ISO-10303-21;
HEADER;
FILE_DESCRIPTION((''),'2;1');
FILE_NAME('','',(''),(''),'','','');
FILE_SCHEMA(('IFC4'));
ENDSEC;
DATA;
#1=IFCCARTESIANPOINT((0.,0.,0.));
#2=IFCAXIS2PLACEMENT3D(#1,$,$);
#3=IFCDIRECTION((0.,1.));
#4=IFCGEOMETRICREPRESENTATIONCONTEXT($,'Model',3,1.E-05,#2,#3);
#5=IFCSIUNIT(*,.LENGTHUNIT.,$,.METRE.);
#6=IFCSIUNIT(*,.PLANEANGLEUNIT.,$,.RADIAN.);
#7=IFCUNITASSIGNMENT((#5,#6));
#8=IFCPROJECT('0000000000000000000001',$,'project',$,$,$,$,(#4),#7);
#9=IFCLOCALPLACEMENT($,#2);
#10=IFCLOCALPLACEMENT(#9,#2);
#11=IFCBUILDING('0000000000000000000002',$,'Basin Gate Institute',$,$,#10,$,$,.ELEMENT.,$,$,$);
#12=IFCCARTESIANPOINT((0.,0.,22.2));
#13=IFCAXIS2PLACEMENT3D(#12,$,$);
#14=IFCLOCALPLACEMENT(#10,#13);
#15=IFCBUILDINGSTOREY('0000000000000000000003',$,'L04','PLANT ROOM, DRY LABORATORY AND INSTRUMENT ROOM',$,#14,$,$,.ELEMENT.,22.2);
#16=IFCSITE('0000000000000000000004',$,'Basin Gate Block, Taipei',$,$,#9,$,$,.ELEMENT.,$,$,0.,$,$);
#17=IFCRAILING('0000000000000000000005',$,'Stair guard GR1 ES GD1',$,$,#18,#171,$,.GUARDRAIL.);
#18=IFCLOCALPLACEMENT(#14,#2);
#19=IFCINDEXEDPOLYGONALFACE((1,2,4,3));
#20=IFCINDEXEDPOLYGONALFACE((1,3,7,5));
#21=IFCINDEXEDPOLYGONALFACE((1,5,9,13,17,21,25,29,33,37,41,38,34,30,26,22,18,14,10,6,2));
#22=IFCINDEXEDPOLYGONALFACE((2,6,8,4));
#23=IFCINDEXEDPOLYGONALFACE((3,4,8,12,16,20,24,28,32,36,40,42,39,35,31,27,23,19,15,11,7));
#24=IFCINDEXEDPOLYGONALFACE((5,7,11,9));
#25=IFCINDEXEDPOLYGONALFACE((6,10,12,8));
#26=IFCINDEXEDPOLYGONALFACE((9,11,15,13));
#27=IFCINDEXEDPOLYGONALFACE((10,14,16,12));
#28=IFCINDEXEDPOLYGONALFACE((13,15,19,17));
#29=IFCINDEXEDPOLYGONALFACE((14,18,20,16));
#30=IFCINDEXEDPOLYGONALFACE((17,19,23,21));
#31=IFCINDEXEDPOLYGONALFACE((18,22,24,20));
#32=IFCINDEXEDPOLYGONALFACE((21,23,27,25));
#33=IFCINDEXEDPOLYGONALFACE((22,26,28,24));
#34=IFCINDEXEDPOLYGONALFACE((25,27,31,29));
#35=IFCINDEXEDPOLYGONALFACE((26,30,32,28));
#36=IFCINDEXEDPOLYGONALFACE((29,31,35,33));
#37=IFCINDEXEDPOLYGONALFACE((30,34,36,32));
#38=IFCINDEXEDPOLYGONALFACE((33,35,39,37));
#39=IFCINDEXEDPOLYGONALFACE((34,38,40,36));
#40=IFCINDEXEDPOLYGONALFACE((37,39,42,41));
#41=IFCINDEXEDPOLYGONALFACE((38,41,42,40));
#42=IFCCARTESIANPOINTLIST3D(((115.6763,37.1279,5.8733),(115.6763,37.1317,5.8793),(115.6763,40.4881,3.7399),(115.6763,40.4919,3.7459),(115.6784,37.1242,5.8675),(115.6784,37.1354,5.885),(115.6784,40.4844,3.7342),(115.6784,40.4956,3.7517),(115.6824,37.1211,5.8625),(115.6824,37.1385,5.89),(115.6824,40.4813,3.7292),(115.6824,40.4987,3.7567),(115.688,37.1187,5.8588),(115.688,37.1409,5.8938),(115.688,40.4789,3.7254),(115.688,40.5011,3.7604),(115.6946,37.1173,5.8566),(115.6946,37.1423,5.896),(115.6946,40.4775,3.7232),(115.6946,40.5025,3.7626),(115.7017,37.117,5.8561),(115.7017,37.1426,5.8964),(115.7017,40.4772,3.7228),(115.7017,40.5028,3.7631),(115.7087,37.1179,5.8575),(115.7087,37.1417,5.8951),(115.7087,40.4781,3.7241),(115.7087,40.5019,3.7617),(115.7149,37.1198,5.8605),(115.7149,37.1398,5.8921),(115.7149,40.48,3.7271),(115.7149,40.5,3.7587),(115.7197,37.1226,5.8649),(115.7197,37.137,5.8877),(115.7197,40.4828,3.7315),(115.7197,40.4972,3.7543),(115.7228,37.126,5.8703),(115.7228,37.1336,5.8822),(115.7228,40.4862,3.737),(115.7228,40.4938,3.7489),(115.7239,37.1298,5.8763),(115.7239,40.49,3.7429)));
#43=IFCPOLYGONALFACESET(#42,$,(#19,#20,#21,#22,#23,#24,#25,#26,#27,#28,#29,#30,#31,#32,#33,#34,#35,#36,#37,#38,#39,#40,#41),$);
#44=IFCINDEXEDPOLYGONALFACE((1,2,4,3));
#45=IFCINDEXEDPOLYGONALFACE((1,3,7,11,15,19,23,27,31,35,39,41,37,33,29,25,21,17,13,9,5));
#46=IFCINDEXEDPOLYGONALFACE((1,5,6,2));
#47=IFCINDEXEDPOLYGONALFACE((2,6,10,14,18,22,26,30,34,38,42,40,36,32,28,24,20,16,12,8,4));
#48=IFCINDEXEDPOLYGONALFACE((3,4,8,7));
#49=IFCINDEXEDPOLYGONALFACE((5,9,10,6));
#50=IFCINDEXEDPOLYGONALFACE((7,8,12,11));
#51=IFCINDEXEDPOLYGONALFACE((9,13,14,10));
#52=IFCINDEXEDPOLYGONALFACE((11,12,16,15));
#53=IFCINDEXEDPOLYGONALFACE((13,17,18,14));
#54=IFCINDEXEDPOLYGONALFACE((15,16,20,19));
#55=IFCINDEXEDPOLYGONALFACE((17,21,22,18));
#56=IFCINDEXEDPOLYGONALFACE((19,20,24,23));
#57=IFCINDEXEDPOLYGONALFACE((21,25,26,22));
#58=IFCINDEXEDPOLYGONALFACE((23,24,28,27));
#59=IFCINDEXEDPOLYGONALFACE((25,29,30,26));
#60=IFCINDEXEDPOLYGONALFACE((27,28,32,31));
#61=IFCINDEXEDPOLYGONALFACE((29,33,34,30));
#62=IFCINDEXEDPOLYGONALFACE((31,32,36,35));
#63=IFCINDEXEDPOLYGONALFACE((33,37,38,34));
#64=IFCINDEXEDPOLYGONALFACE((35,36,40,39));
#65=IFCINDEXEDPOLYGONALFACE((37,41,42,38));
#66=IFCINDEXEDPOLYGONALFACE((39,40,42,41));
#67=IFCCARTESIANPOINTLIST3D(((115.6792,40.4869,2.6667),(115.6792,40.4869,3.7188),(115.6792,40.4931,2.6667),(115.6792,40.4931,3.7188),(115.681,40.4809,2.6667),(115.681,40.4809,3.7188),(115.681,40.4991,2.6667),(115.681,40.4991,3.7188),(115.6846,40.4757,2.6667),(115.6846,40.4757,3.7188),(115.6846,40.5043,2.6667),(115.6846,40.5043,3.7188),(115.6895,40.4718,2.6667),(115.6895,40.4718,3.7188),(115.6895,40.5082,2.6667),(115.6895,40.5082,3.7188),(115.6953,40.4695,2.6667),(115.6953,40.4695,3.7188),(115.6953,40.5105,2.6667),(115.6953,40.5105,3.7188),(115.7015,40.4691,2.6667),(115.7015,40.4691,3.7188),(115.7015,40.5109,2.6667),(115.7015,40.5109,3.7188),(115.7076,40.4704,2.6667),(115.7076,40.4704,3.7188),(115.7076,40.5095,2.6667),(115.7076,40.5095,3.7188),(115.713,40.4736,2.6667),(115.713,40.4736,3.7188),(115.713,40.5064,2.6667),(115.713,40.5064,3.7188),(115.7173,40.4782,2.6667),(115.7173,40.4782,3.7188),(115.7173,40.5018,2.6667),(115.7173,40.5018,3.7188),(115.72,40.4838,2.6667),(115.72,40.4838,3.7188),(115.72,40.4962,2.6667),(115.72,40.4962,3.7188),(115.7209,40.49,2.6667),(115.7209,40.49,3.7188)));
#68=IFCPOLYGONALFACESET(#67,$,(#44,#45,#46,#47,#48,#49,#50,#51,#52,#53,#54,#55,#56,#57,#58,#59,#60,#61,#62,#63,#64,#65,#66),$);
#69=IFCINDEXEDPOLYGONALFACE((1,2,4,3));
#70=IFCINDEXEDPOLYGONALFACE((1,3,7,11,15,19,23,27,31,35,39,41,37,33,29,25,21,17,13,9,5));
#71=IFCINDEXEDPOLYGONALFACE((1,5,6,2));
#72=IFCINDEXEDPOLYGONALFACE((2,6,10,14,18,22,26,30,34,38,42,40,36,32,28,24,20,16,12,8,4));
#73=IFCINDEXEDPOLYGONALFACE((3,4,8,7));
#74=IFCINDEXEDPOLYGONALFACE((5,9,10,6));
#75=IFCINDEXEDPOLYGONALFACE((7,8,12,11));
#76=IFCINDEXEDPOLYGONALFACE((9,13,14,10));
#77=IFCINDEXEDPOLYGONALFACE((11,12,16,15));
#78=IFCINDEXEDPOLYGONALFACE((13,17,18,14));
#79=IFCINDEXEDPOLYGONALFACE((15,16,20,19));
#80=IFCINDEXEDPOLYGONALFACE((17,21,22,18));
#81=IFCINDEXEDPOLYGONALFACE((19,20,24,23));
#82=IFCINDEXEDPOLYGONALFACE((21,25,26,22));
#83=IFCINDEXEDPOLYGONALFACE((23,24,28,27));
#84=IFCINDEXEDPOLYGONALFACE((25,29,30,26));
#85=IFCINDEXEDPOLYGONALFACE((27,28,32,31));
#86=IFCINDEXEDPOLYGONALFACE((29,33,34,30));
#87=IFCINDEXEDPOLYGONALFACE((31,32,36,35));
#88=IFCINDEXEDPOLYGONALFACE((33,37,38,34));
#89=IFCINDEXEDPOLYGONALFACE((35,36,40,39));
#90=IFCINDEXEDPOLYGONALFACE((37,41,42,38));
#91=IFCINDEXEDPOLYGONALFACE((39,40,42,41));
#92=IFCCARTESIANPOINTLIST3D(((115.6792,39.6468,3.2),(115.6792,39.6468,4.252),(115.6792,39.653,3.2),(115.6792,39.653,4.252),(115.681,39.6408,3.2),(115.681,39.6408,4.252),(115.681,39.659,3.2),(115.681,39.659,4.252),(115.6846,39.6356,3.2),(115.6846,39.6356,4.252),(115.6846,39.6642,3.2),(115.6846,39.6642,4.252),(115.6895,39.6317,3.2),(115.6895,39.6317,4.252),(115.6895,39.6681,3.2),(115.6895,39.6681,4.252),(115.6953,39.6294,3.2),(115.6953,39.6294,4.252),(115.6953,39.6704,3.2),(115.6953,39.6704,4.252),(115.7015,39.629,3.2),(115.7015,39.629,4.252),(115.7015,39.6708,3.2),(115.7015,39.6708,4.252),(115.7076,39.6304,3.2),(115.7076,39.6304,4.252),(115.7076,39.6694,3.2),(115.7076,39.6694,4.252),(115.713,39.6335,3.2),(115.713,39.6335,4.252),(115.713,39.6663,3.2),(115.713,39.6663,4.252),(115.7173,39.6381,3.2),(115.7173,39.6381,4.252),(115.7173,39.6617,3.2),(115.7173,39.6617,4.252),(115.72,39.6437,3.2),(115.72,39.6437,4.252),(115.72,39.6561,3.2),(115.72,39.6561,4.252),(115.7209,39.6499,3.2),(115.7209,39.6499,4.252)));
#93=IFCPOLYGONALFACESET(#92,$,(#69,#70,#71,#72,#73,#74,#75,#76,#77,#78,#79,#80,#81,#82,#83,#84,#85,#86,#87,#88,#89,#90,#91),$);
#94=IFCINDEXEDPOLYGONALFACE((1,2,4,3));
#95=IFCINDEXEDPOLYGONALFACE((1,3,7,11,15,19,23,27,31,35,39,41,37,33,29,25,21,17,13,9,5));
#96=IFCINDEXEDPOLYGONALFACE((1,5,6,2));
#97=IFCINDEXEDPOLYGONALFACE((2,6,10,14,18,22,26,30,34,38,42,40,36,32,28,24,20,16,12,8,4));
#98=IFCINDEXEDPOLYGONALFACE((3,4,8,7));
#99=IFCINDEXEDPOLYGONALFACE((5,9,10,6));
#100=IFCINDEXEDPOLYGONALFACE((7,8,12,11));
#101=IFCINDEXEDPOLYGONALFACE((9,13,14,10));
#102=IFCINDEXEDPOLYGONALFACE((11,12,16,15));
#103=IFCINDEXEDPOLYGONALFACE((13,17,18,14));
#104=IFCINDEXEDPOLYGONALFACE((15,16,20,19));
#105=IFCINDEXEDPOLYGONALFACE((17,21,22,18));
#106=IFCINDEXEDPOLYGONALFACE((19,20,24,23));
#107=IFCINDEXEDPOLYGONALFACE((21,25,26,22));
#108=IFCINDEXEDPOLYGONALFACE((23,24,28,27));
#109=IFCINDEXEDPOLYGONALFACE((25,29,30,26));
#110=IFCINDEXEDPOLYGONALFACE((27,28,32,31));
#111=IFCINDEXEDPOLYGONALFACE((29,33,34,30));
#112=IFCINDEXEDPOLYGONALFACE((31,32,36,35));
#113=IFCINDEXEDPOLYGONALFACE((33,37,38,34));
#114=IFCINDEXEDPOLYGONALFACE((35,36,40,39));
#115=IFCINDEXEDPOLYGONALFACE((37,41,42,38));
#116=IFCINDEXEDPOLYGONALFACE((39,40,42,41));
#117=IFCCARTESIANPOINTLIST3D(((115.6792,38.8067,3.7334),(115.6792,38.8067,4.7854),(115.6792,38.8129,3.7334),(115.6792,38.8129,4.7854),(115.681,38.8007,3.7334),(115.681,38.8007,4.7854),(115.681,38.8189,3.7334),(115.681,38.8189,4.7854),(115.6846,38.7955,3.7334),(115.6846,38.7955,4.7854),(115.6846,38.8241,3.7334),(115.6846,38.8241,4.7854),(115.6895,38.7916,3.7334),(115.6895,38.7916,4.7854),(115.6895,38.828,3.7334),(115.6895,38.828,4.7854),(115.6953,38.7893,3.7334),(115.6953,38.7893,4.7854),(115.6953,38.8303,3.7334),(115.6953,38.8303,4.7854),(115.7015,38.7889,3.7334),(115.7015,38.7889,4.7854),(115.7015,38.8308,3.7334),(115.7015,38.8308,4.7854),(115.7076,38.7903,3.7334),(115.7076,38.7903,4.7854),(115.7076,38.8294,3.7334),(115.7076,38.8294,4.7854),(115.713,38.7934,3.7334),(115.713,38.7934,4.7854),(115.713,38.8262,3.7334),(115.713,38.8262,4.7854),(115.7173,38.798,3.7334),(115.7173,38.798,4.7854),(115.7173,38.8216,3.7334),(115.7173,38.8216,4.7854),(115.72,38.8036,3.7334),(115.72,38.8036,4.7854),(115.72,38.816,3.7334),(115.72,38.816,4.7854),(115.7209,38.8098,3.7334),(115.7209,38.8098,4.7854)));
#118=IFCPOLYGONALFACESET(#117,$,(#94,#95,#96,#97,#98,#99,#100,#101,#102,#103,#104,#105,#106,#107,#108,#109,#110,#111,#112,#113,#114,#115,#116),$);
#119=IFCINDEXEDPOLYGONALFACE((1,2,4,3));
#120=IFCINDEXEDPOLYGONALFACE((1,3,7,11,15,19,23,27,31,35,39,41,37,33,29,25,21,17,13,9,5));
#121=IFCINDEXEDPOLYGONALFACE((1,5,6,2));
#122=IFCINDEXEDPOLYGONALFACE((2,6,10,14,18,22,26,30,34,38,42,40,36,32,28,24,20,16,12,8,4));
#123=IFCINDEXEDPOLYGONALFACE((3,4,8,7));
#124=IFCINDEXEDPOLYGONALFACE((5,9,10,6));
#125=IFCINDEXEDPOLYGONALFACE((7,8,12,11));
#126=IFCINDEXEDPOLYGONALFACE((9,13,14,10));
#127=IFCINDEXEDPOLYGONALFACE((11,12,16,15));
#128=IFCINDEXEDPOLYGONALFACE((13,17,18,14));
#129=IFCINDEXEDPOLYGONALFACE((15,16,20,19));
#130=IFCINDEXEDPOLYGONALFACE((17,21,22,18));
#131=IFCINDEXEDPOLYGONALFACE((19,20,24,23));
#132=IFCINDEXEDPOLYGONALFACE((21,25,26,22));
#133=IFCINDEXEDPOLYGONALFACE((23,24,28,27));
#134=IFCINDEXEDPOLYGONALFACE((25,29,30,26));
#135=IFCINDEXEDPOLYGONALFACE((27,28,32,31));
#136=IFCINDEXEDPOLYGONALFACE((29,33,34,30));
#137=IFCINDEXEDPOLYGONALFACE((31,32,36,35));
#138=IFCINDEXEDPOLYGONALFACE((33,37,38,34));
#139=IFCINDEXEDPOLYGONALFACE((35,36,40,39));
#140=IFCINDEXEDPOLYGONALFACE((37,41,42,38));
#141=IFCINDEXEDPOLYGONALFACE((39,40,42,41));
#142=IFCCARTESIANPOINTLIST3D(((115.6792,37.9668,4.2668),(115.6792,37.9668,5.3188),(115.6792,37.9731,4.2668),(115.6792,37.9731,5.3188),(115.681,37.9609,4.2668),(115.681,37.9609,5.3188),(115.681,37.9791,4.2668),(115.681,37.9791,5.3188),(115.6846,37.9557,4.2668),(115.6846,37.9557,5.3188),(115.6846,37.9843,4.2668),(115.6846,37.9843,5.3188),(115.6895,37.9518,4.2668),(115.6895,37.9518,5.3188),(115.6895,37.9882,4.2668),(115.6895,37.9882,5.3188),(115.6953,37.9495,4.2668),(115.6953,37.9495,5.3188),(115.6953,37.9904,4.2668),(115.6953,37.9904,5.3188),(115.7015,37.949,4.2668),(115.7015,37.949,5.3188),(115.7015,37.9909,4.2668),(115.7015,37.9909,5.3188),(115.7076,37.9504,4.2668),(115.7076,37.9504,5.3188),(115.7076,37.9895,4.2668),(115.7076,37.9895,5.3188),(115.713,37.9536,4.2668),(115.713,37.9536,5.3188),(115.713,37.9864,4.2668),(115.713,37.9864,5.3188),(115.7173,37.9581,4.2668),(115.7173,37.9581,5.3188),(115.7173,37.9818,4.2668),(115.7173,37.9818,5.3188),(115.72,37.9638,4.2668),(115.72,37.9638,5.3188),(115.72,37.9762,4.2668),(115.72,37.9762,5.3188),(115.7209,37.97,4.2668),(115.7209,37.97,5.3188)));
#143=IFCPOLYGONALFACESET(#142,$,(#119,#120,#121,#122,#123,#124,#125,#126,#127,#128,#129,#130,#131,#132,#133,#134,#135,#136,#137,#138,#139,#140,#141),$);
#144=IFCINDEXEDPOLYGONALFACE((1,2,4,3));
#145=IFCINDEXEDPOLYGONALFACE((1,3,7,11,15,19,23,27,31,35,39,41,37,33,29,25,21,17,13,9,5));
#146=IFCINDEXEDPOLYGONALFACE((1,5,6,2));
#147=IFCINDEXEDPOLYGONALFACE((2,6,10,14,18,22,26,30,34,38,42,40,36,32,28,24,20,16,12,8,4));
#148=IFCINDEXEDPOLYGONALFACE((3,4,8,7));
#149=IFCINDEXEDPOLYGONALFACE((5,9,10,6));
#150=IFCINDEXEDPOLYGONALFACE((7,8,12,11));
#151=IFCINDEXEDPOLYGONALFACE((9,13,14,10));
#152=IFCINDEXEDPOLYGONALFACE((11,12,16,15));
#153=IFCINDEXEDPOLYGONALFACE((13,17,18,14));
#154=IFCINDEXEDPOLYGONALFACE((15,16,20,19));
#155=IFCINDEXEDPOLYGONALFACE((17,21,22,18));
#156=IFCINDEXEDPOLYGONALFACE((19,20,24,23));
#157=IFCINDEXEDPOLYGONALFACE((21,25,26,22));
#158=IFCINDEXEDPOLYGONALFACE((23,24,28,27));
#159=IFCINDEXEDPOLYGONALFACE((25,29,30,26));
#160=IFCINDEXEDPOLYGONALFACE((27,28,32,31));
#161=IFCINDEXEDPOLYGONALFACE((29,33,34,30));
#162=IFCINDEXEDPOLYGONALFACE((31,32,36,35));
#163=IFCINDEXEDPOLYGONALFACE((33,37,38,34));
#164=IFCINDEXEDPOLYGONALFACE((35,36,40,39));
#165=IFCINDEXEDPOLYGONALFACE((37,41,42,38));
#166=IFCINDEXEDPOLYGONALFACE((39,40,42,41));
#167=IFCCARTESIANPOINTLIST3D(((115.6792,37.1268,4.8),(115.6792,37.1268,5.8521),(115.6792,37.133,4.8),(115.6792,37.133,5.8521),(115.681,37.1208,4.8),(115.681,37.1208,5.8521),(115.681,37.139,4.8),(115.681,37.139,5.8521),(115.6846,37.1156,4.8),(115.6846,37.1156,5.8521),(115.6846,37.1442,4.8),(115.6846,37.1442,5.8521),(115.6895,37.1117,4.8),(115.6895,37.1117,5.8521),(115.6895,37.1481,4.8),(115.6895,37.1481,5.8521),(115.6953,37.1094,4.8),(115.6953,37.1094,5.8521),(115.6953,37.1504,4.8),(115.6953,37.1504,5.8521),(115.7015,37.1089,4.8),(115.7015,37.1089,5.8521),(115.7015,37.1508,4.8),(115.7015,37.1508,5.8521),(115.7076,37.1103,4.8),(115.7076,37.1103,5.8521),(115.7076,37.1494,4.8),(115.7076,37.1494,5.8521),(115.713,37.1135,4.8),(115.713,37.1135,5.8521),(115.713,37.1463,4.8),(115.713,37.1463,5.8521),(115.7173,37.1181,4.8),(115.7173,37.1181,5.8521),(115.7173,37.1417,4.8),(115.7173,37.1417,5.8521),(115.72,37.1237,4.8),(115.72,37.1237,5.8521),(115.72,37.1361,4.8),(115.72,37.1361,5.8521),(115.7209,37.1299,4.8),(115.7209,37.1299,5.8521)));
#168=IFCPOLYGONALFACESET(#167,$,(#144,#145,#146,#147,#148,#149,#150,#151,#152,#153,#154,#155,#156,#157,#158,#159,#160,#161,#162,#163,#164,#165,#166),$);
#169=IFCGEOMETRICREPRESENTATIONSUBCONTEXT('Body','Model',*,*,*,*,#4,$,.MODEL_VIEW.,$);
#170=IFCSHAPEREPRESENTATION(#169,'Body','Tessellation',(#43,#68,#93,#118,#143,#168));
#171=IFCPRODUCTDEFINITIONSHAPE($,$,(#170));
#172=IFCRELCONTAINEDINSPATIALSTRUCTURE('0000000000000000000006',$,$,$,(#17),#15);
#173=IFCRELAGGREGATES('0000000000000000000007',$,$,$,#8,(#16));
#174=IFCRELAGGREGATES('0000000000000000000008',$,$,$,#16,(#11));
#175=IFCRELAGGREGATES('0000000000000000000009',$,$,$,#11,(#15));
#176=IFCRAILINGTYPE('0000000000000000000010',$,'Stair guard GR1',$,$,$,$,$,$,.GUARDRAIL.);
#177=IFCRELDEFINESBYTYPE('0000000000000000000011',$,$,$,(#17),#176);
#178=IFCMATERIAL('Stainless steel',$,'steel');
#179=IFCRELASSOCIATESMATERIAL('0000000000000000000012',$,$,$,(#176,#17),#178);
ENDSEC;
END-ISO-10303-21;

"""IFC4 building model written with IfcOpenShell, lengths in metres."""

from ifc_helpers import new_model, si_unit, direction, frame, origin, origin_2d, place, context, subcontext, project, spatial, circle, extrude, material, type_object, element, save


model = new_model("IFC4")

# Units and contexts
model_context = context("Model", 3, precision=1e-05, world=origin(), true_north=direction((0.0, 1.0)))
body_context = subcontext(model_context, "Body", "Model", "MODEL_VIEW")
ifc_project = project(units=[si_unit("LENGTHUNIT", "METRE"), si_unit("PLANEANGLEUNIT", "RADIAN")], contexts=[model_context])

# Site, building, storey
site_placement = place(None, origin())
site = spatial("IfcSite", under=ifc_project, at=site_placement, Name="Basin Gate Block, Taipei", CompositionType="ELEMENT", RefElevation=0.0)
building_placement = place(site_placement, origin())
building = spatial("IfcBuilding", under=site, at=building_placement, Name="Basin Gate Institute", CompositionType="ELEMENT")
storey_placement = place(building_placement, frame((0.0, 0.0, 22.2)))
storey = spatial("IfcBuildingStorey", under=building, at=storey_placement, Name="L04", Description="PLANT ROOM, DRY LABORATORY AND INSTRUMENT ROOM", CompositionType="ELEMENT", Elevation=22.2)

# Railing
ifc_material_1 = material(Name="Stainless steel", Category="steel")
railing_type_1 = type_object("IfcRailingType", Name="Stair guard GR1", PredefinedType="GUARDRAIL", material=ifc_material_1)
railing_1_placement = place(storey_placement, frame((115.7, 40.49, 2.6667)))
element("IfcRailing", 1, at=railing_1_placement, inside=storey, type_object=railing_type_1, material=ifc_material_1, Name="Stair guard GR1 ES GD1", PredefinedType="GUARDRAIL", context=body_context, shape_type="SweptSolid", body=[
    extrude(circle(Radius=0.0239, at=origin_2d()), frame((0.0, 0.0, 1.0762), z_axis=(0.0, -0.844224, 0.53599), x_axis=(1.0, 0.0, 0.0)), (0.0, 0.0, 1.0), 3.9802),
    extrude(circle(Radius=0.021, at=origin_2d()), origin(), (0.0, 0.0, 1.0), 1.052),
    extrude(circle(Radius=0.021, at=origin_2d()), frame((0.0, -0.8401, 0.5332)), (0.0, 0.0, 1.0), 1.052),
    extrude(circle(Radius=0.021, at=origin_2d()), frame((0.0, -1.6802, 1.0667)), (0.0, 0.0, 1.0), 1.052),
    extrude(circle(Radius=0.021, at=origin_2d()), frame((0.0, -2.52, 1.6001)), (0.0, 0.0, 1.0), 1.052),
    extrude(circle(Radius=0.021, at=origin_2d()), frame((0.0, -3.3601, 2.1333)), (0.0, 0.0, 1.0), 1.052),
])

save(model, "model.ifc")
